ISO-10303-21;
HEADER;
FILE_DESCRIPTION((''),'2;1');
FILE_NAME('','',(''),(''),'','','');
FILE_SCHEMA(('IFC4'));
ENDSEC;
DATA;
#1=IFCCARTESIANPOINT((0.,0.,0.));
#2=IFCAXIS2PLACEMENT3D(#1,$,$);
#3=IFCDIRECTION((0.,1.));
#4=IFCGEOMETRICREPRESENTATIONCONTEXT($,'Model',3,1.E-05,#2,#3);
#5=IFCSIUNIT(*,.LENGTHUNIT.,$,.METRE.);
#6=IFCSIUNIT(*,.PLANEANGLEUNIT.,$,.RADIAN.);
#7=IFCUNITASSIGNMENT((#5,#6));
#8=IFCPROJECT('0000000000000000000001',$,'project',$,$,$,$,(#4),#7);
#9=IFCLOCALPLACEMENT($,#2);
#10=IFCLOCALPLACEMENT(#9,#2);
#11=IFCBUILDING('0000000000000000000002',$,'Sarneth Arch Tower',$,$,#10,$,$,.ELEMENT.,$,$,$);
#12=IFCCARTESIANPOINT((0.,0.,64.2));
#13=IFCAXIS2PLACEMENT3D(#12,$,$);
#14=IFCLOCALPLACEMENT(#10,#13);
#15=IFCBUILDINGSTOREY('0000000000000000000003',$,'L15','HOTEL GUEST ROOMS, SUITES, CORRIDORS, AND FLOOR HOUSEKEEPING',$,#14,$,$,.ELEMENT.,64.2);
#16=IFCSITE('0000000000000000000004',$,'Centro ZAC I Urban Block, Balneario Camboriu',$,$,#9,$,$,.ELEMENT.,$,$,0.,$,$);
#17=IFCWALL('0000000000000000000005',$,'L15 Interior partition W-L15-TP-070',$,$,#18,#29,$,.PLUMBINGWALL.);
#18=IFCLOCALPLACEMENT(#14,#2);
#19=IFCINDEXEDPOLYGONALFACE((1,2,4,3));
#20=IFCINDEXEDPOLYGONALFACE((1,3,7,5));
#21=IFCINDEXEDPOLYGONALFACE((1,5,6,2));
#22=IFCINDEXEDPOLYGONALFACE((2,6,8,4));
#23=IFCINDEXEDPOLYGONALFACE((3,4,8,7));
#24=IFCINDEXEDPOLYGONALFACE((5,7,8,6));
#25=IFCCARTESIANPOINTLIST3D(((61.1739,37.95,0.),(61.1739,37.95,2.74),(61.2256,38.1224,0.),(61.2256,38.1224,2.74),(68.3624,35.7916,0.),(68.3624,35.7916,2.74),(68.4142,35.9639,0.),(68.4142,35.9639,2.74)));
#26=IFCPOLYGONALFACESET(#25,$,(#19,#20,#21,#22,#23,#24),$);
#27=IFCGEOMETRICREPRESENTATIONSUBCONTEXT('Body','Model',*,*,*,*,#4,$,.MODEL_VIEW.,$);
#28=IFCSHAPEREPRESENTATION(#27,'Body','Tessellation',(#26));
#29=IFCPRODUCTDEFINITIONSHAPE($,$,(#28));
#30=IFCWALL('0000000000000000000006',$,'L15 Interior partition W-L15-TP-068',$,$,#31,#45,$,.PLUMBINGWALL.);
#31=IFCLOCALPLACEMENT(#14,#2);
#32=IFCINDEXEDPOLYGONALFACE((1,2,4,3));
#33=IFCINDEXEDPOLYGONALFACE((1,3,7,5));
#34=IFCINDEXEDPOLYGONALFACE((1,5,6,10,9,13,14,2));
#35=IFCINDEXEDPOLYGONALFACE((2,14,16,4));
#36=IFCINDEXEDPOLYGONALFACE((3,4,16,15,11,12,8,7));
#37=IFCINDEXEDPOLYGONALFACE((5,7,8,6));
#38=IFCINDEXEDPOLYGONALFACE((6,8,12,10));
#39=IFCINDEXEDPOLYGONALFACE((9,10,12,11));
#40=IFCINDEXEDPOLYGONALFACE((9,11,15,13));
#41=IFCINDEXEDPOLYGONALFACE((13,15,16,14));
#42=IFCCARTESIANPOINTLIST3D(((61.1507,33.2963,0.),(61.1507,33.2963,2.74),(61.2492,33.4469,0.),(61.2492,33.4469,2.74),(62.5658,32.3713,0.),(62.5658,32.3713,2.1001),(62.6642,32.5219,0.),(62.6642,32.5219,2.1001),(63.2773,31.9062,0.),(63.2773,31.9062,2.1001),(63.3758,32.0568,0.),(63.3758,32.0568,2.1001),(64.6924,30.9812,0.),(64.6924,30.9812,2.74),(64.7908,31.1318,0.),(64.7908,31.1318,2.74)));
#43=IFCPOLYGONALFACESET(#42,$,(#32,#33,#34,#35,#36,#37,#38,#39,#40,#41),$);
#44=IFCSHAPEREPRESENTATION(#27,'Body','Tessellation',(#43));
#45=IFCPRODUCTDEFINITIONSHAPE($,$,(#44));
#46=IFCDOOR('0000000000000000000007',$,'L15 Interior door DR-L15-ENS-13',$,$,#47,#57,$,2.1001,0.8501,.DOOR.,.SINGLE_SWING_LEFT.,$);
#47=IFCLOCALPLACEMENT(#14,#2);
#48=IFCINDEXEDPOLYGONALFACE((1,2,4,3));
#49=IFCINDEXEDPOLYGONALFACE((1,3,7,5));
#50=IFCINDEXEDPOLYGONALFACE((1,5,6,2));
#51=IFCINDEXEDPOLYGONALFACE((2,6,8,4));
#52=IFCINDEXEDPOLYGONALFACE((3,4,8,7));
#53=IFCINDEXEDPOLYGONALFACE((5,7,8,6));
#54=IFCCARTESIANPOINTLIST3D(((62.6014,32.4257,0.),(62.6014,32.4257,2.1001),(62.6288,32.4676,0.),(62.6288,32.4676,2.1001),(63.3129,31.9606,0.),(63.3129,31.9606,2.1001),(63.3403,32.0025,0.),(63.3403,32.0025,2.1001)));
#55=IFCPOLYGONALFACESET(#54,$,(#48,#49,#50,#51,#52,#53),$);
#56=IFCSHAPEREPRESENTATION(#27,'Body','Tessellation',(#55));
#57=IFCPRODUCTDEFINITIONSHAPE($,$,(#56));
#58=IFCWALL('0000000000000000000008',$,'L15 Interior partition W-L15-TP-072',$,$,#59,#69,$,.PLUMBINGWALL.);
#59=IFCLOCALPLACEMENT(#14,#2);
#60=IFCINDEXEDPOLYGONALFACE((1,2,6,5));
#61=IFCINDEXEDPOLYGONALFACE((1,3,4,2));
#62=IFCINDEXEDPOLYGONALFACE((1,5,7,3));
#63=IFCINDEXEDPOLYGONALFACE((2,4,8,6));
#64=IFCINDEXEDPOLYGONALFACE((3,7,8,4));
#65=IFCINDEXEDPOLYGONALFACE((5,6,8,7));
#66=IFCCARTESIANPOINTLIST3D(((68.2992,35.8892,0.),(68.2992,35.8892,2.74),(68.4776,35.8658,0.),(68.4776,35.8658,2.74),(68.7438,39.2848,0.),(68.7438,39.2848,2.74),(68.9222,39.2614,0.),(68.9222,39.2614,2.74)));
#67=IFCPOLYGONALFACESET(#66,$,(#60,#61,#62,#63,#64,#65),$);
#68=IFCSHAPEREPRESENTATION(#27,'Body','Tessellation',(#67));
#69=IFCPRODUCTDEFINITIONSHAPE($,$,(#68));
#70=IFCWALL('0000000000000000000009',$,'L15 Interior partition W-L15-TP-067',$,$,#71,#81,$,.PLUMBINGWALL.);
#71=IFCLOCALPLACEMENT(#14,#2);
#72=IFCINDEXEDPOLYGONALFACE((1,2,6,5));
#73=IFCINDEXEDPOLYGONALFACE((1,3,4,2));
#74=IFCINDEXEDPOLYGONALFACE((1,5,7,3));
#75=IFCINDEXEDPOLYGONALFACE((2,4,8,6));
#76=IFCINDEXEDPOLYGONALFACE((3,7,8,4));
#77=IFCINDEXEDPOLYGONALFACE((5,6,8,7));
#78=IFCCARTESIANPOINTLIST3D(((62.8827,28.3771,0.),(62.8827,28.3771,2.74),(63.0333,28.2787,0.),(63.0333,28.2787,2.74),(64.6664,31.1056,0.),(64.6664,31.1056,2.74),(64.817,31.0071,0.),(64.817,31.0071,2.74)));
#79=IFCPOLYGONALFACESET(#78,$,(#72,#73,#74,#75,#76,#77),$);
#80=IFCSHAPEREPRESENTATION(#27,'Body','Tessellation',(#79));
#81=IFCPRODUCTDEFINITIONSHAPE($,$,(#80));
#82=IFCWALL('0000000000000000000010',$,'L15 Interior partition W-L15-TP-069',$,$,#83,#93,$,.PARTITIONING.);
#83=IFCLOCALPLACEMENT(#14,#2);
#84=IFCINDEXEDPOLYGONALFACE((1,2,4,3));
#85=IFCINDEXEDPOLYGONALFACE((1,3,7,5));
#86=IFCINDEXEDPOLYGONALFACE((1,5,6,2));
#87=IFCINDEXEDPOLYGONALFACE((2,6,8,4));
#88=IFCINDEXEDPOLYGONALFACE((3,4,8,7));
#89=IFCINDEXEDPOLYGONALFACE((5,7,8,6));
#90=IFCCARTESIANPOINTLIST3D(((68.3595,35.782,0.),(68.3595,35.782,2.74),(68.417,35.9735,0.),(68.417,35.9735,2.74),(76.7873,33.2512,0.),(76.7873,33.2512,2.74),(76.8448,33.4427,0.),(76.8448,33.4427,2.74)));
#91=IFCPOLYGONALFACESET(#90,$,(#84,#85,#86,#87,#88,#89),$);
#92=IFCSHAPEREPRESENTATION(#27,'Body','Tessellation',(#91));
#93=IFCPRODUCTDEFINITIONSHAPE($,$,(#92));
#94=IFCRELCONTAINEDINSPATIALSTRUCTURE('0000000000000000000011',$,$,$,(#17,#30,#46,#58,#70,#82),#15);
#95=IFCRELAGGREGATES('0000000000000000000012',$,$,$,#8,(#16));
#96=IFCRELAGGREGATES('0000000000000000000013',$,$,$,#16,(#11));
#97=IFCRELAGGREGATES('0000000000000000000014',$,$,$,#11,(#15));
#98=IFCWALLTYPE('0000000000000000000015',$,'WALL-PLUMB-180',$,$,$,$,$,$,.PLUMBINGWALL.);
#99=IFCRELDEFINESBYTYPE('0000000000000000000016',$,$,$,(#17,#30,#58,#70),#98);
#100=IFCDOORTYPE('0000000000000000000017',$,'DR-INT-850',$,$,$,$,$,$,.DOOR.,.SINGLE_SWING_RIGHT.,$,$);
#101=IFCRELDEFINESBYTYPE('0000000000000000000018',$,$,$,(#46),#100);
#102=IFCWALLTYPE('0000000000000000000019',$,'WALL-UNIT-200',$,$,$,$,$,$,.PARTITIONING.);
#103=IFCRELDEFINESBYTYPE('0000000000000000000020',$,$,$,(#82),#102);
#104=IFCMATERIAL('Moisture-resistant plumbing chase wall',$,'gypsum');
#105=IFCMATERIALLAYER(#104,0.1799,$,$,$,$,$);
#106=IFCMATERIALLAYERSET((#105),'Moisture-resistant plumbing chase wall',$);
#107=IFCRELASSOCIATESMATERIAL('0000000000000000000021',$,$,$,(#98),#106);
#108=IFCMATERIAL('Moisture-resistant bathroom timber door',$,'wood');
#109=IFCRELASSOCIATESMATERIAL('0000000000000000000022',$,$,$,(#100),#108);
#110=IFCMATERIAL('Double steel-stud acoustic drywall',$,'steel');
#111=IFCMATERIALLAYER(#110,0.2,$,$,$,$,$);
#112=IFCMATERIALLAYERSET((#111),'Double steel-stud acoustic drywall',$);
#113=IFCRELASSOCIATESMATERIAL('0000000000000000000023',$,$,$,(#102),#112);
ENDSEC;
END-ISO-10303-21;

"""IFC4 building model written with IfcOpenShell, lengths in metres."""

from ifc_helpers import new_model, si_unit, direction, frame, frame_2d, origin, place, context, subcontext, project, spatial, rectangle, extrude, material, layer, layer_set, type_object, element, fill, save


model = new_model("IFC4")

# Units and contexts
model_context = context("Model", 3, precision=1e-05, world=origin(), true_north=direction((0.0, 1.0)))
body_context = subcontext(model_context, "Body", "Model", "MODEL_VIEW")
ifc_project = project(units=[si_unit("LENGTHUNIT", "METRE"), si_unit("PLANEANGLEUNIT", "RADIAN")], contexts=[model_context])

# Site, building, storey
site_placement = place(None, origin())
site = spatial("IfcSite", under=ifc_project, at=site_placement, Name="Centro ZAC I Urban Block, Balneario Camboriu", CompositionType="ELEMENT", RefElevation=0.0)
building_placement = place(site_placement, origin())
building = spatial("IfcBuilding", under=site, at=building_placement, Name="Sarneth Arch Tower", CompositionType="ELEMENT")
storey_placement = place(building_placement, frame((0.0, 0.0, 64.2)))
storey = spatial("IfcBuildingStorey", under=building, at=storey_placement, Name="L15", Description="HOTEL GUEST ROOMS, SUITES, CORRIDORS, AND FLOOR HOUSEKEEPING", CompositionType="ELEMENT", Elevation=64.2)

# Shared definitions
ifc_material_1 = material(Name="Moisture-resistant plumbing chase wall", Category="gypsum")
ifc_layer_1 = layer(ifc_material_1, 0.1799)
ifc_layer_set_1 = layer_set([ifc_layer_1], Name="Moisture-resistant plumbing chase wall")
wall_type_1 = type_object("IfcWallType", Name="WALL-PLUMB-180", PredefinedType="PLUMBINGWALL", material=ifc_layer_set_1)
ifc_material_2 = material(Name="Moisture-resistant bathroom timber door", Category="wood")
door_type_1 = type_object("IfcDoorType", Name="DR-INT-850", OperationType="SINGLE_SWING_RIGHT", PredefinedType="DOOR", material=ifc_material_2)

# Wall
wall_1_placement = place(storey_placement, frame((68.3884, 35.8777, 0.0), z_axis=(0.0, 0.0, 1.0), x_axis=(-0.957756, 0.287581, 0.0)))
element("IfcWall", 1, at=wall_1_placement, inside=storey, type_object=wall_type_1, Name="L15 Interior partition W-L15-TP-070", PredefinedType="PLUMBINGWALL", context=body_context, shape_type="SweptSolid", body=[
    extrude(rectangle(XDim=7.5056, YDim=0.1799, at=frame_2d((3.7529, 0.0))), origin(), (0.0, 0.0, 1.0), 2.74),
])

# Wall, opening, door
wall_2_placement = place(storey_placement, frame((64.7417, 31.0564, 0.0), z_axis=(0.0, 0.0, 1.0), x_axis=(-0.837032, 0.547155, 0.0)))
wall_2 = element("IfcWall", 2, at=wall_2_placement, inside=storey, type_object=wall_type_1, Name="L15 Interior partition W-L15-TP-068", PredefinedType="PLUMBINGWALL", context=body_context, shape_type="SweptSolid", body=[
    extrude(rectangle(XDim=4.2312, YDim=0.1799, at=frame_2d((2.1157, 0.0))), origin(), (0.0, 0.0, 1.0), 2.74),
])
opening_1_placement = place(wall_2_placement, frame((1.6907, 0.0, 0.0)))
opening_1 = element("IfcOpeningElement", 3, at=opening_1_placement, cuts=wall_2, PredefinedType="OPENING", context=body_context, shape_type="SweptSolid", body=[
    extrude(rectangle(XDim=0.8501, YDim=2.1001, at=frame_2d((0.425, 1.05))), frame((0.0, 0.0999, 0.0), z_axis=(0.0, -1.0, 0.0), x_axis=(1.0, 0.0, 0.0)), (0.0, 0.0, 1.0), 0.2),
])
door_1_placement = place(opening_1_placement, origin())
door_1 = element("IfcDoor", 4, at=door_1_placement, inside=storey, type_object=door_type_1, Name="L15 Interior door DR-L15-ENS-13", OperationType="SINGLE_SWING_LEFT", OverallHeight=2.1001, OverallWidth=0.8501, PredefinedType="DOOR", context=body_context, shape_type="SweptSolid", body=[
    extrude(rectangle(XDim=0.8501, YDim=2.1001, at=frame_2d((0.425, 1.05))), frame((0.0, 0.0249, 0.0), z_axis=(0.0, -1.0, 0.0), x_axis=(1.0, 0.0, 0.0)), (0.0, 0.0, 1.0), 0.05),
])
fill(opening_1, door_1)

# Walls
wall_3_placement = place(storey_placement, frame((68.833, 39.2732, 0.0), z_axis=(0.0, 0.0, 1.0), x_axis=(-0.129824, -0.991537, 0.0)))
element("IfcWall", 5, at=wall_3_placement, inside=storey, type_object=wall_type_1, Name="L15 Interior partition W-L15-TP-072", PredefinedType="PLUMBINGWALL", context=body_context, shape_type="SweptSolid", body=[
    extrude(rectangle(XDim=3.4246, YDim=0.1799, at=frame_2d((1.7124, 0.0))), origin(), (0.0, 0.0, 1.0), 2.74),
])
wall_4_placement = place(storey_placement, frame((62.958, 28.3279, 0.0), z_axis=(0.0, 0.0, 1.0), x_axis=(0.547177, 0.837017, 0.0)))
element("IfcWall", 6, at=wall_4_placement, inside=storey, type_object=wall_type_1, Name="L15 Interior partition W-L15-TP-067", PredefinedType="PLUMBINGWALL", context=body_context, shape_type="SweptSolid", body=[
    extrude(rectangle(XDim=3.2598, YDim=0.1799, at=frame_2d((1.6299, 0.0))), origin(), (0.0, 0.0, 1.0), 2.74),
])
ifc_material_3 = material(Name="Double steel-stud acoustic drywall", Category="steel")
ifc_layer_2 = layer(ifc_material_3, 0.2)
ifc_layer_set_2 = layer_set([ifc_layer_2], Name="Double steel-stud acoustic drywall")
wall_type_2 = type_object("IfcWallType", Name="WALL-UNIT-200", PredefinedType="PARTITIONING", material=ifc_layer_set_2)
wall_5_placement = place(storey_placement, frame((76.8162, 33.3469, 0.0), z_axis=(0.0, 0.0, 1.0), x_axis=(-0.95775, 0.287602, 0.0)))
element("IfcWall", 7, at=wall_5_placement, inside=storey, type_object=wall_type_2, Name="L15 Interior partition W-L15-TP-069", PredefinedType="PARTITIONING", context=body_context, shape_type="SweptSolid", body=[
    extrude(rectangle(XDim=8.7996, YDim=0.2, at=frame_2d((4.3999, 0.0))), origin(), (0.0, 0.0, 1.0), 2.74),
])

save(model, "model.ifc")
